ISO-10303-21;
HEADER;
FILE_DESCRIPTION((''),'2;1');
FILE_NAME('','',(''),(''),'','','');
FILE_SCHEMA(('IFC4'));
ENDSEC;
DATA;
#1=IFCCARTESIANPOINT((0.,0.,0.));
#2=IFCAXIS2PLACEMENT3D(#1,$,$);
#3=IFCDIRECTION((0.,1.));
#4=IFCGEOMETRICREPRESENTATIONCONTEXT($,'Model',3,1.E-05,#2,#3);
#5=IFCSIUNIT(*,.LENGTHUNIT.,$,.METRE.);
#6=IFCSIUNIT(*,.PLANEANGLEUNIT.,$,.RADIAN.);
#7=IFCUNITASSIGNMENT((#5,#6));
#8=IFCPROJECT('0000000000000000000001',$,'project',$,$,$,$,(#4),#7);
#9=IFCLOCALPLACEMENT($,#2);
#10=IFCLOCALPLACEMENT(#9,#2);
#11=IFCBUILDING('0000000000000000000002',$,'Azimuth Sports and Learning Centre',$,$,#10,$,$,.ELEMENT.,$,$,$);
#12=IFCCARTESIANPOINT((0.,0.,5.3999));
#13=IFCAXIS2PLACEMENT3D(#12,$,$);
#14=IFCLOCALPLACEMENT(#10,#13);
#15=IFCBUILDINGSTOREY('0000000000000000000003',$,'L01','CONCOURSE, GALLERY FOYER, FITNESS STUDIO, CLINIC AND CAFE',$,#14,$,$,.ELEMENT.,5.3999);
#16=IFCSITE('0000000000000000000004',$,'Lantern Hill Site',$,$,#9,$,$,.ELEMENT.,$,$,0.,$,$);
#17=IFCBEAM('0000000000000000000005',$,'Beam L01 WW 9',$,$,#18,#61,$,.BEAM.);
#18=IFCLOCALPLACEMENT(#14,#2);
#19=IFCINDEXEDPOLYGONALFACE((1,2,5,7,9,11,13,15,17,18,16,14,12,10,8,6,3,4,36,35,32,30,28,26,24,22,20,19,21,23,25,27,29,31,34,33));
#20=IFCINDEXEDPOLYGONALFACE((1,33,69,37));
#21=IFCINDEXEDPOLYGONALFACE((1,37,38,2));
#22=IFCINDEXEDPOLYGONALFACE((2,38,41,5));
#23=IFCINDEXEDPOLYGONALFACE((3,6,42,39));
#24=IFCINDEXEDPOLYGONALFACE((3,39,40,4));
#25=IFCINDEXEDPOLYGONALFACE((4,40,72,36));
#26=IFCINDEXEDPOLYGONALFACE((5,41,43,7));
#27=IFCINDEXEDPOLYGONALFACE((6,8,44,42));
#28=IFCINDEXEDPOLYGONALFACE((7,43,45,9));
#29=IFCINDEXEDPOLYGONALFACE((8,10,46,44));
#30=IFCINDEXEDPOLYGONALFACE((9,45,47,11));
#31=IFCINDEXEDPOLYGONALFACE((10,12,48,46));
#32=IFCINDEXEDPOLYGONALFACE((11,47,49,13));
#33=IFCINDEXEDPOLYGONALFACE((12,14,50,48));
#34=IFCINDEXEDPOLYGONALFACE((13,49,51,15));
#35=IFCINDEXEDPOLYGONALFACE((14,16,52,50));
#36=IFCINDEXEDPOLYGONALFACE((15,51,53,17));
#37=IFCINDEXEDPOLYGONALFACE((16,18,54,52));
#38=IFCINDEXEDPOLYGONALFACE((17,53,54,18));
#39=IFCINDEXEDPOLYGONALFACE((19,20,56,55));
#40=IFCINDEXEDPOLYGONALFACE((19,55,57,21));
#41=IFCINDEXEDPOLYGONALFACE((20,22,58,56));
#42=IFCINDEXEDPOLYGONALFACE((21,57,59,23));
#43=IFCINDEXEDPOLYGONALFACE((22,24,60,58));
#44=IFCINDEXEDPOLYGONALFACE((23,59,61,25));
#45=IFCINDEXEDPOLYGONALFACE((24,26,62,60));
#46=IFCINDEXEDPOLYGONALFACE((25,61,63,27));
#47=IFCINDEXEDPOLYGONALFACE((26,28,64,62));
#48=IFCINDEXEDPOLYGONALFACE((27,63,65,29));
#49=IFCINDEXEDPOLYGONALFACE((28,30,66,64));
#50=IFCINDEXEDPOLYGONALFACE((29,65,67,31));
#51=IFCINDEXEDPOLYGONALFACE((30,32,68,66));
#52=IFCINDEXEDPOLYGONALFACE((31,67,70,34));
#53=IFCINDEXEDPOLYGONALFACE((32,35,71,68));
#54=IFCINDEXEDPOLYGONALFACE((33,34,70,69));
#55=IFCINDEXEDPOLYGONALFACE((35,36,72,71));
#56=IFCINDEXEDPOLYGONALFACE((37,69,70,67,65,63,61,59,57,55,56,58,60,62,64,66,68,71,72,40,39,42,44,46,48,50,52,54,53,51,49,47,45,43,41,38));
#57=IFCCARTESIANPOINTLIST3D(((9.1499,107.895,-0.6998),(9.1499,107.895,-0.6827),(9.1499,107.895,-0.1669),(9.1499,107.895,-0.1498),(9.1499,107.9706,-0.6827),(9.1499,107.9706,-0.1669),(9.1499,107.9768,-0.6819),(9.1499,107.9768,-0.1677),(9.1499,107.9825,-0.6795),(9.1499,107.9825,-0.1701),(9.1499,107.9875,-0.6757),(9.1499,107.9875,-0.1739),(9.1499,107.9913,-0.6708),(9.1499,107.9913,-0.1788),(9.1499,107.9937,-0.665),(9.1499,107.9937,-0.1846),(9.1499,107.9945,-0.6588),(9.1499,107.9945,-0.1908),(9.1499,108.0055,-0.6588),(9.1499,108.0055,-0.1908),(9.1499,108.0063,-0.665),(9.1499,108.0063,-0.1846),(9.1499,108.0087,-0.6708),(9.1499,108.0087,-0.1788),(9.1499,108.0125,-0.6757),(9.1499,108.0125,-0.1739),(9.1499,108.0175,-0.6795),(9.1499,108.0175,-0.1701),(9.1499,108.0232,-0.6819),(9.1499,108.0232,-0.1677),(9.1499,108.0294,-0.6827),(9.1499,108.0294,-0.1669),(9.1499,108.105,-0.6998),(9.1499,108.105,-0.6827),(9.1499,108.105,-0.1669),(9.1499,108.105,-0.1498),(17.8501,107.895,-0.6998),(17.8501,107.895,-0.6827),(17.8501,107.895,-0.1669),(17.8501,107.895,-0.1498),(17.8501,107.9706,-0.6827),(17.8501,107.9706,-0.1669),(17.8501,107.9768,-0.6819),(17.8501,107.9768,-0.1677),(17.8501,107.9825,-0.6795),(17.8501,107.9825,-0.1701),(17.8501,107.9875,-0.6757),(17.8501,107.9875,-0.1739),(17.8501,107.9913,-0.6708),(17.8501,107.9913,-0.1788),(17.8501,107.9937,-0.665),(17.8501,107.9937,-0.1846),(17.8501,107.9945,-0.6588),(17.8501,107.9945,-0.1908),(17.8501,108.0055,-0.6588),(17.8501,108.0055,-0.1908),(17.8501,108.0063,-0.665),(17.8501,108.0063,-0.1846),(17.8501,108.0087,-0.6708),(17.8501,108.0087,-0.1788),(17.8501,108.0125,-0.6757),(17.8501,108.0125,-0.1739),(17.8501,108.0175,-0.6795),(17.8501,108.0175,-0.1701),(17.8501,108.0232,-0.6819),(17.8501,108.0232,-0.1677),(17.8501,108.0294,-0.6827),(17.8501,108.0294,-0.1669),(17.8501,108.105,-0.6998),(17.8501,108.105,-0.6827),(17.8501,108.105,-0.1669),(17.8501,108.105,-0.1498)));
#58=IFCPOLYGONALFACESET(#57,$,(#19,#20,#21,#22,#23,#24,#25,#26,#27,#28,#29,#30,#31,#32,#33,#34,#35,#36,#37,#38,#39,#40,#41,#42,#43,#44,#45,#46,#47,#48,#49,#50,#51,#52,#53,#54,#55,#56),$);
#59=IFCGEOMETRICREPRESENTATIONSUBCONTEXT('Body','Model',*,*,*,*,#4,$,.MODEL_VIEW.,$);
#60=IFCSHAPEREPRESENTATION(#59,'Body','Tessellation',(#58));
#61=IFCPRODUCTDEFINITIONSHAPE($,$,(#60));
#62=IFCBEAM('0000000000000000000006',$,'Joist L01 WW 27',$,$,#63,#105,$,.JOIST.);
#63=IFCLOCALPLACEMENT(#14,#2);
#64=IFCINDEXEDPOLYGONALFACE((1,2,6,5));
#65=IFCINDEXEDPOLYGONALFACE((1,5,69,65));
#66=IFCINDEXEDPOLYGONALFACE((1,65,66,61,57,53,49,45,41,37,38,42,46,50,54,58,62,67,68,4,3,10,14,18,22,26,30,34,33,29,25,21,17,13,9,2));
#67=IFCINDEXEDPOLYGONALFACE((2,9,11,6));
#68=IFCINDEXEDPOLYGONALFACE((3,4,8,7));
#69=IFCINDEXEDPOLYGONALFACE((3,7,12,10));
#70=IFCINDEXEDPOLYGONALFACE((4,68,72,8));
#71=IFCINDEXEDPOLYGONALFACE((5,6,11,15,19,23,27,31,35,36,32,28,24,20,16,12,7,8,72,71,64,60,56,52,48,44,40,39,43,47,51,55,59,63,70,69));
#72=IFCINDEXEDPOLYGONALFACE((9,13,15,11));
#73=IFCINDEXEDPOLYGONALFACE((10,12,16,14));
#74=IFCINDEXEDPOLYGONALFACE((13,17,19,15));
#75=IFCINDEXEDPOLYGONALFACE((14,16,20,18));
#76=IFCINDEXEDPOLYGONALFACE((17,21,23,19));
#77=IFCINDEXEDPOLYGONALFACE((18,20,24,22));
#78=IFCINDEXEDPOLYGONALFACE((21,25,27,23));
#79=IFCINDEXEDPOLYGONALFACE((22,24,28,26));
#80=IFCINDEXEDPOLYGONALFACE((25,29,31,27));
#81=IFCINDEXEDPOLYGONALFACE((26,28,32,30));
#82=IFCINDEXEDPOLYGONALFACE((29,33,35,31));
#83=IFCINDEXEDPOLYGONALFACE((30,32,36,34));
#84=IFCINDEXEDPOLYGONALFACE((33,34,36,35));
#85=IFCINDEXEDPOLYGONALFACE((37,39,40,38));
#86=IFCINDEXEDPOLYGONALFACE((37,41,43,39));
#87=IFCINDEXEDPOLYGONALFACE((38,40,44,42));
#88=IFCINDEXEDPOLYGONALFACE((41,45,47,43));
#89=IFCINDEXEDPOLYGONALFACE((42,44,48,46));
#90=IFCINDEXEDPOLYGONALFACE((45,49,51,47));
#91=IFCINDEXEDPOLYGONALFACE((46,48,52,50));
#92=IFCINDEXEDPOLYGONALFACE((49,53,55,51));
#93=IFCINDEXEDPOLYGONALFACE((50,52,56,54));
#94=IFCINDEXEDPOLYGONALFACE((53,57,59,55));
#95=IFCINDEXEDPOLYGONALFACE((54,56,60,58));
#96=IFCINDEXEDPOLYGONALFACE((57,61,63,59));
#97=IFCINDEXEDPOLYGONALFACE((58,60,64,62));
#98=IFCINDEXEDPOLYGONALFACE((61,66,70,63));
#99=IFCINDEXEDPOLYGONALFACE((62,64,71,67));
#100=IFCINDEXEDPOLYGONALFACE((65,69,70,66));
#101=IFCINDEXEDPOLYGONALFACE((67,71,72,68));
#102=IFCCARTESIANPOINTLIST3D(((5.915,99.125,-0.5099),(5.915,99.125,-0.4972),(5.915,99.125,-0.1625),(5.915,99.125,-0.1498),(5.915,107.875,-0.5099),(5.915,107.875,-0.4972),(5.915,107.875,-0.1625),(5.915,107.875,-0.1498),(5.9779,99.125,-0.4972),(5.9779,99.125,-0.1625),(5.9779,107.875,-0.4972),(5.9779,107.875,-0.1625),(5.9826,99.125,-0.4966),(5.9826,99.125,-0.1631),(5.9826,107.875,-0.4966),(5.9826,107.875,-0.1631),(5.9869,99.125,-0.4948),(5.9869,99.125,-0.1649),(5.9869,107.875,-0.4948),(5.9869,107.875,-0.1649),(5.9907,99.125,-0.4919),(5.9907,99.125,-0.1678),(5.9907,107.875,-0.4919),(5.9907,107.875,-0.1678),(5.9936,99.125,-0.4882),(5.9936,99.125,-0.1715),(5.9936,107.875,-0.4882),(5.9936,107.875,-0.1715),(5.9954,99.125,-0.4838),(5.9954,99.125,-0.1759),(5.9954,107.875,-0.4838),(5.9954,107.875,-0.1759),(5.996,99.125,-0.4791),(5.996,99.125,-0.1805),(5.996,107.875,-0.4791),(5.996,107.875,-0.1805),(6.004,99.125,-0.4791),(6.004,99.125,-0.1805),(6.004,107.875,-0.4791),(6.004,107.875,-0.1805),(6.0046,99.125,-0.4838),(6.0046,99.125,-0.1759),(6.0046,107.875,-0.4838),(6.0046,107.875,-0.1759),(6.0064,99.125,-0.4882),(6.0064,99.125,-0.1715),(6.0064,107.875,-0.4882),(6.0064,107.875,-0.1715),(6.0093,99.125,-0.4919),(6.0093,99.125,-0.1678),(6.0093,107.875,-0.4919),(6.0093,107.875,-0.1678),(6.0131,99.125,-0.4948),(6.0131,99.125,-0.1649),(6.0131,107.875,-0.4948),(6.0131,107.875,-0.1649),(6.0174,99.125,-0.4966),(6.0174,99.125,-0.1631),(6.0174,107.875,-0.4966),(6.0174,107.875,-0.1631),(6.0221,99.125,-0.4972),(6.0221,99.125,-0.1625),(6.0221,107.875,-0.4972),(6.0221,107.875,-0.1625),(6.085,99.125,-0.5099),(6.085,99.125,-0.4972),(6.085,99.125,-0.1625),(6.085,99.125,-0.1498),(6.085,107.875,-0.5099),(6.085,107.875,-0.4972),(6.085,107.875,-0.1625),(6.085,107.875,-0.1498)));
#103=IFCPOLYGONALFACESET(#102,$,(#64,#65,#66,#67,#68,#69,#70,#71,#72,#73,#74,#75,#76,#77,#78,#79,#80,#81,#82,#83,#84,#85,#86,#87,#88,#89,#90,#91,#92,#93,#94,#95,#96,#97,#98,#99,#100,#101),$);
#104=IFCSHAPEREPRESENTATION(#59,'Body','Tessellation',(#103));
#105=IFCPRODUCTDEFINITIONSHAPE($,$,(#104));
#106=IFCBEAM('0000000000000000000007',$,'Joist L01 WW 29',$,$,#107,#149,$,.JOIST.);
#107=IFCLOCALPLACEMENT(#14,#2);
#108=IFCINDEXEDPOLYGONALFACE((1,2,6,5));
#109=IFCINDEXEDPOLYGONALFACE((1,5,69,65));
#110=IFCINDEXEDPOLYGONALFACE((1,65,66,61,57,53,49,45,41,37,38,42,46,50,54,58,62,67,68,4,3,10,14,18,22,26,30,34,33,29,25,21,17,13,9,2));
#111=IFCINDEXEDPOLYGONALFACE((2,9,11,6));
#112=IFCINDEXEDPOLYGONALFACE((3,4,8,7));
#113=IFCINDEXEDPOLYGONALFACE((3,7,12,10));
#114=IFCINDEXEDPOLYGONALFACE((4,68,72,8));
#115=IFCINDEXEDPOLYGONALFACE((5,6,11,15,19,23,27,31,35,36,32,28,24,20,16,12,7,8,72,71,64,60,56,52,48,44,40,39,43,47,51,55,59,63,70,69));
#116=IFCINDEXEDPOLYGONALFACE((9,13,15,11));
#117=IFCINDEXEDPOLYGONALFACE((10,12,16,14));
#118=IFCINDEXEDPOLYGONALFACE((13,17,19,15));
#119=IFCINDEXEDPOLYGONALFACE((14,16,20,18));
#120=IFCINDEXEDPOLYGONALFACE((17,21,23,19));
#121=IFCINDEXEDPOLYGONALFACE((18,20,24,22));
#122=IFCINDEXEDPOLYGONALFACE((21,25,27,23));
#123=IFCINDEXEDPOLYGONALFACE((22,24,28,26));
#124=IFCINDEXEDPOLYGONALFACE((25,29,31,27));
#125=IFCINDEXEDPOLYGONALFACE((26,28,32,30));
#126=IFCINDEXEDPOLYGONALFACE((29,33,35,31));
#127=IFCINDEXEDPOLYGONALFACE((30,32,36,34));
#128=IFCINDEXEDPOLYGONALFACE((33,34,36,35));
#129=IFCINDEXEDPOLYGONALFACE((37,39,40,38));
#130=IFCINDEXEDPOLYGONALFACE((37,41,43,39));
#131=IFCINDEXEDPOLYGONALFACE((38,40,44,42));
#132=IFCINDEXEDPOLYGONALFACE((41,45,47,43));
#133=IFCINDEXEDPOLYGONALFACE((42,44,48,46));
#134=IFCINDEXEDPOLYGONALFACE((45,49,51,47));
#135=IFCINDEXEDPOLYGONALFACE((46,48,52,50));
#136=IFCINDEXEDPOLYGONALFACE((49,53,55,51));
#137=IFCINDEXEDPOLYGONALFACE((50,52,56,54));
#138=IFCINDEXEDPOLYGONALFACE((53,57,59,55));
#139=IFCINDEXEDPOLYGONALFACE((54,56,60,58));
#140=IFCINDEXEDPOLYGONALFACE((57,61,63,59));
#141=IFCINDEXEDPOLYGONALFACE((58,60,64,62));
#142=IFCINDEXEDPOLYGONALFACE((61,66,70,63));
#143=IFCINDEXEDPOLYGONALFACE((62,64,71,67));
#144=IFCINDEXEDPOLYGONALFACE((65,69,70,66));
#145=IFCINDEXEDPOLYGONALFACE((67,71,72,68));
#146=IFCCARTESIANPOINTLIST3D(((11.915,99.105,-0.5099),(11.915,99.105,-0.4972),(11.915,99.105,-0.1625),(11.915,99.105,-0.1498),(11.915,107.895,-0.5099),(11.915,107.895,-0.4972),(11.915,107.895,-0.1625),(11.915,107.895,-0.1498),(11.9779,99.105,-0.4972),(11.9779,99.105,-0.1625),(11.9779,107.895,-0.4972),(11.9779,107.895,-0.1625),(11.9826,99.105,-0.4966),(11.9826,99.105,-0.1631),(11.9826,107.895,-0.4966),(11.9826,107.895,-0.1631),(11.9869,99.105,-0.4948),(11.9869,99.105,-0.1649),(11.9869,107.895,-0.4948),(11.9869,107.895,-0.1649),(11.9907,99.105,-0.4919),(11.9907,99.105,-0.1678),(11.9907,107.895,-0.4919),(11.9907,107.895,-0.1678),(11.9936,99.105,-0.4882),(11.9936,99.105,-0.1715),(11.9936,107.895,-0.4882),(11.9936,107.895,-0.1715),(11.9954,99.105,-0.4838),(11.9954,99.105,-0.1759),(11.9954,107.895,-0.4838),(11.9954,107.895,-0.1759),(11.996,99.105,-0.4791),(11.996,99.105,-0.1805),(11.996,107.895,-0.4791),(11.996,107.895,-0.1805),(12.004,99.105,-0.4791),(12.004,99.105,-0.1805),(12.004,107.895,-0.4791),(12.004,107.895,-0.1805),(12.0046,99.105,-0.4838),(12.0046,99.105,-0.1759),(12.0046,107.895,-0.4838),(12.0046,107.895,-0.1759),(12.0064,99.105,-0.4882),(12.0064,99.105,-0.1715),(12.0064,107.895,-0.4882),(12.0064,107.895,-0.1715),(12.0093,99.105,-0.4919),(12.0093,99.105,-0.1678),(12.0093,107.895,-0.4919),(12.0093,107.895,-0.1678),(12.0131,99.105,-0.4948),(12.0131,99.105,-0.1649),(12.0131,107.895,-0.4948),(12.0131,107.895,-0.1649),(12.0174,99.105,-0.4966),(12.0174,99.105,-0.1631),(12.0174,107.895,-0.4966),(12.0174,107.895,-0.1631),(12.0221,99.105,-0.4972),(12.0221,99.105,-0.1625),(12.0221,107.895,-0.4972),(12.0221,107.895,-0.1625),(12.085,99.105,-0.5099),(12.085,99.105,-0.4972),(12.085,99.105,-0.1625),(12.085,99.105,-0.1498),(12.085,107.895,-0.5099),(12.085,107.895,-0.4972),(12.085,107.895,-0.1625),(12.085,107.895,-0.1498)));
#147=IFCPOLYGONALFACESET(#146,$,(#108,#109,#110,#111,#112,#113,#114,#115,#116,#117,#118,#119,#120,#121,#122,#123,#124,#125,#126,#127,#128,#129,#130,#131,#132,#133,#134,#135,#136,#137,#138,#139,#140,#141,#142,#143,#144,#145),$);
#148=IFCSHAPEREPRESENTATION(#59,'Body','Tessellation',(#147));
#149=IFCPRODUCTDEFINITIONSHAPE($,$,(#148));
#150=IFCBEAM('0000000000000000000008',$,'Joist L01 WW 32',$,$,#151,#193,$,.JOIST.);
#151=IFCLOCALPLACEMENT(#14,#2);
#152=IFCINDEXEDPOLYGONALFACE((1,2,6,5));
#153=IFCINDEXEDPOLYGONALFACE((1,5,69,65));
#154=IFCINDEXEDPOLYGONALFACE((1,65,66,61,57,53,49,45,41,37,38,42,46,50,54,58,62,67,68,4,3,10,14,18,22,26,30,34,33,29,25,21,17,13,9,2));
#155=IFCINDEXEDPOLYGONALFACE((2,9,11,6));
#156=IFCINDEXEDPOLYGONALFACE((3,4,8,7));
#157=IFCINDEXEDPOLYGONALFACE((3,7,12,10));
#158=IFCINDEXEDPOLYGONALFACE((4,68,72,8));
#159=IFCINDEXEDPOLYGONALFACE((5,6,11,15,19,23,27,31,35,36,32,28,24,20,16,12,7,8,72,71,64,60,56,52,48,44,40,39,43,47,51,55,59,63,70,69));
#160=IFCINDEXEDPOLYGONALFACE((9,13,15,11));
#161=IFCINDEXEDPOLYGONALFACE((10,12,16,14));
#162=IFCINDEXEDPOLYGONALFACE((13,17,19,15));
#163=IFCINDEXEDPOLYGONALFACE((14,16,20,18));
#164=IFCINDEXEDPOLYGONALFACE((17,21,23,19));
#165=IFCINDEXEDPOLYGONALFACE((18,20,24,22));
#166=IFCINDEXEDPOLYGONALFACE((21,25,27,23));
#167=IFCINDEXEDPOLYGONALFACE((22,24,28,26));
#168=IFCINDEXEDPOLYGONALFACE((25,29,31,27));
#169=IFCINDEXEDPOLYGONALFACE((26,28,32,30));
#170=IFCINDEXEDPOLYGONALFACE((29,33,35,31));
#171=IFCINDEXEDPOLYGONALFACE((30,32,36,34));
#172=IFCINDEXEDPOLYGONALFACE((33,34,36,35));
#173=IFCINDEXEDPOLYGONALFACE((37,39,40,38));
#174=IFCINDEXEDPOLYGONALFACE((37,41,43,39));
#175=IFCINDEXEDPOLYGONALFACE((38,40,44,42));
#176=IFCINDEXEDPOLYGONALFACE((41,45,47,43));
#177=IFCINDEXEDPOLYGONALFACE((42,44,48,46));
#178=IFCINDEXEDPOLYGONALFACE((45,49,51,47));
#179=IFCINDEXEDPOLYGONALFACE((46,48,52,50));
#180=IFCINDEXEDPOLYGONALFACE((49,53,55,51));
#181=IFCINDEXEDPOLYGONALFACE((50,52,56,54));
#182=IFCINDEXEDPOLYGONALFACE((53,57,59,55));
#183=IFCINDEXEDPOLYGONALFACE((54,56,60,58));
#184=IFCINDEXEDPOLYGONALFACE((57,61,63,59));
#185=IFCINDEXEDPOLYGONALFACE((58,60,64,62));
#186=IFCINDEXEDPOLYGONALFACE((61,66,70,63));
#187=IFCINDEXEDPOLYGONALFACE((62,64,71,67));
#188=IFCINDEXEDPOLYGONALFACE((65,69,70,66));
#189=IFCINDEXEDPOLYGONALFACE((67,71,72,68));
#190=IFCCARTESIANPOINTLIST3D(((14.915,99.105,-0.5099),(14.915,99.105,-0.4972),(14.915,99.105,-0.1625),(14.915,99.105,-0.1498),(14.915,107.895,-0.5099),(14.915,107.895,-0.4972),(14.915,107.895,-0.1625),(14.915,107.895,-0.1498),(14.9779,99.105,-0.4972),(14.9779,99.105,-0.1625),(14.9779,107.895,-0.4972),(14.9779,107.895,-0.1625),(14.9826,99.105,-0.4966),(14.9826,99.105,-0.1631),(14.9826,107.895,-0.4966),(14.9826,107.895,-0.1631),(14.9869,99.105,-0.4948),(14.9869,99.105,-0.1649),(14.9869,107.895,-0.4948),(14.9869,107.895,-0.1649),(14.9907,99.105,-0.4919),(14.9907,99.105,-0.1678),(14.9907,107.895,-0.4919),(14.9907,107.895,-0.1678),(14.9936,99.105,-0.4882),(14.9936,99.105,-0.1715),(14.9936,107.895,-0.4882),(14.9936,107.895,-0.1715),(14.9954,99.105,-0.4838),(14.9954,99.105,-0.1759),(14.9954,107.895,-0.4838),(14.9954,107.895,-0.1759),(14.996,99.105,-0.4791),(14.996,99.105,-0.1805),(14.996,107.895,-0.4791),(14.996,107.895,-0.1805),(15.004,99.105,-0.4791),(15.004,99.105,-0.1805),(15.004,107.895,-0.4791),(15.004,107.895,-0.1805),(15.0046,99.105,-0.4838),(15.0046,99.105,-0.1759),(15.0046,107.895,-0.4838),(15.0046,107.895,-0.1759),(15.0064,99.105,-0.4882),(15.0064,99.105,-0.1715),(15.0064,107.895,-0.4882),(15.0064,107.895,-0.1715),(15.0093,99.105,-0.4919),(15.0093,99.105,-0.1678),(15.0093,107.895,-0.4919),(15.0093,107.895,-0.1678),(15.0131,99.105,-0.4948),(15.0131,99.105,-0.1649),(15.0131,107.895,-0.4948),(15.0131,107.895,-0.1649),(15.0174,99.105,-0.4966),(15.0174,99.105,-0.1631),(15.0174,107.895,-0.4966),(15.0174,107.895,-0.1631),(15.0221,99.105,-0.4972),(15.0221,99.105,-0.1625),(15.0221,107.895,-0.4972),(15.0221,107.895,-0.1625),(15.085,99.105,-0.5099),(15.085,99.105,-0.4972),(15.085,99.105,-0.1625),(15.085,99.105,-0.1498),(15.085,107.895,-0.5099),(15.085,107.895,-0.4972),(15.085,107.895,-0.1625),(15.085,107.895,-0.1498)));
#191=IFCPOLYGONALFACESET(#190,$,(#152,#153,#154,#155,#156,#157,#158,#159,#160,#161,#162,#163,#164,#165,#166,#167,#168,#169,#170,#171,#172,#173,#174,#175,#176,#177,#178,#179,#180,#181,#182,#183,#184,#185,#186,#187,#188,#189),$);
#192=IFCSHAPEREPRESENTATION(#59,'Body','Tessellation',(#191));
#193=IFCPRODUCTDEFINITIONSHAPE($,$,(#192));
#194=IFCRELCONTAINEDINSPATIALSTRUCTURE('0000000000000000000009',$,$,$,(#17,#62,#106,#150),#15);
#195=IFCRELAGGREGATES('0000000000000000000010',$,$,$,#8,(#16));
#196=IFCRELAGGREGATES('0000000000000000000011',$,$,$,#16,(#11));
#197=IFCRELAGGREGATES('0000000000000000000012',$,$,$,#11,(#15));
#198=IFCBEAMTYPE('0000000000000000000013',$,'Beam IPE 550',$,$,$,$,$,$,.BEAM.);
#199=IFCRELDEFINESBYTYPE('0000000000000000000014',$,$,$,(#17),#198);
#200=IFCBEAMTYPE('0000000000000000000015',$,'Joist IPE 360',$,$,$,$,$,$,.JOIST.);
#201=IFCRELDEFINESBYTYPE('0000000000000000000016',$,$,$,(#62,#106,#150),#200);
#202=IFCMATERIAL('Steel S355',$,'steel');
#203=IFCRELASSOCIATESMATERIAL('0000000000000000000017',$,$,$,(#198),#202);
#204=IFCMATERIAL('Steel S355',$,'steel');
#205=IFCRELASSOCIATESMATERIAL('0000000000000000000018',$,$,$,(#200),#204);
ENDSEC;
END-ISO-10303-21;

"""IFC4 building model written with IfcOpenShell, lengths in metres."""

from ifc_helpers import new_model, si_unit, direction, frame, origin, origin_2d, place, context, subcontext, project, spatial, i_section, extrude, material, material_profile, profile_set, type_object, element, save


model = new_model("IFC4")

# Units and contexts
model_context = context("Model", 3, precision=1e-05, world=origin(), true_north=direction((0.0, 1.0)))
body_context = subcontext(model_context, "Body", "Model", "MODEL_VIEW")
ifc_project = project(units=[si_unit("LENGTHUNIT", "METRE"), si_unit("PLANEANGLEUNIT", "RADIAN")], contexts=[model_context])

# Site, building, storey
site_placement = place(None, origin())
site = spatial("IfcSite", under=ifc_project, at=site_placement, Name="Lantern Hill Site", CompositionType="ELEMENT", RefElevation=0.0)
building_placement = place(site_placement, origin())
building = spatial("IfcBuilding", under=site, at=building_placement, Name="Azimuth Sports and Learning Centre", CompositionType="ELEMENT")
storey_placement = place(building_placement, frame((0.0, 0.0, 5.3999)))
storey = spatial("IfcBuildingStorey", under=building, at=storey_placement, Name="L01", Description="CONCOURSE, GALLERY FOYER, FITNESS STUDIO, CLINIC AND CAFE", CompositionType="ELEMENT", Elevation=5.3999)

# Beams
ifc_material_1 = material(Name="Steel S355", Category="steel")
ifc_material_profile_1 = material_profile(ifc_material_1, i_section(OverallWidth=0.21, OverallDepth=0.55, WebThickness=0.011, FlangeThickness=0.0171, FilletRadius=0.0239, at=origin_2d()), Name="IPE 550")
ifc_profile_set_1 = profile_set([ifc_material_profile_1], Name="Steel S355")
beam_type_1 = type_object("IfcBeamType", Name="Beam IPE 550", PredefinedType="BEAM", material=ifc_profile_set_1)
for number, where, z_axis, x_axis, name in (
    (1, (9.1499, 108.0, -0.4248), (1.0, 0.0, 0.0), (0.0, 1.0, 0.0), "Beam L01 WW 9"),
):
    element("IfcBeam", number, at=place(storey_placement, frame(where, z_axis=z_axis, x_axis=x_axis)), inside=storey, type_object=beam_type_1, Name=name, PredefinedType="BEAM", context=body_context, shape_type="SweptSolid", body=[
        extrude(i_section(OverallWidth=0.21, OverallDepth=0.55, WebThickness=0.011, FlangeThickness=0.0171, FilletRadius=0.0239, at=origin_2d()), origin(), (0.0, 0.0, 1.0), 8.7002),
    ])
ifc_material_2 = material(Name="Steel S355", Category="steel")
ifc_material_profile_2 = material_profile(ifc_material_2, i_section(OverallWidth=0.1699, OverallDepth=0.3601, WebThickness=0.0081, FlangeThickness=0.0127, FilletRadius=0.0181, at=origin_2d()), Name="IPE 360")
ifc_profile_set_2 = profile_set([ifc_material_profile_2], Name="Steel S355")
beam_type_2 = type_object("IfcBeamType", Name="Joist IPE 360", PredefinedType="JOIST", material=ifc_profile_set_2)
beam_1_placement = place(storey_placement, frame((6.0, 99.125, -0.3298), z_axis=(0.0, 1.0, 0.0), x_axis=(-1.0, 0.0, 0.0)))
element("IfcBeam", 2, at=beam_1_placement, inside=storey, type_object=beam_type_2, Name="Joist L01 WW 27", PredefinedType="JOIST", context=body_context, shape_type="SweptSolid", body=[
    extrude(i_section(OverallWidth=0.1699, OverallDepth=0.3601, WebThickness=0.0081, FlangeThickness=0.0127, FilletRadius=0.0181, at=origin_2d()), origin(), (0.0, 0.0, 1.0), 8.75),
])
for number, where, z_axis, x_axis, name in (
    (3, (12.0, 99.105, -0.3298), (0.0, 1.0, 0.0), (-1.0, 0.0, 0.0), "Joist L01 WW 29"),
    (4, (15.0, 99.105, -0.3298), (0.0, 1.0, 0.0), (-1.0, 0.0, 0.0), "Joist L01 WW 32"),
):
    element("IfcBeam", number, at=place(storey_placement, frame(where, z_axis=z_axis, x_axis=x_axis)), inside=storey, type_object=beam_type_2, Name=name, PredefinedType="JOIST", context=body_context, shape_type="SweptSolid", body=[
        extrude(i_section(OverallWidth=0.1699, OverallDepth=0.3601, WebThickness=0.0081, FlangeThickness=0.0127, FilletRadius=0.0181, at=origin_2d()), origin(), (0.0, 0.0, 1.0), 8.79),
    ])

save(model, "model.ifc")
